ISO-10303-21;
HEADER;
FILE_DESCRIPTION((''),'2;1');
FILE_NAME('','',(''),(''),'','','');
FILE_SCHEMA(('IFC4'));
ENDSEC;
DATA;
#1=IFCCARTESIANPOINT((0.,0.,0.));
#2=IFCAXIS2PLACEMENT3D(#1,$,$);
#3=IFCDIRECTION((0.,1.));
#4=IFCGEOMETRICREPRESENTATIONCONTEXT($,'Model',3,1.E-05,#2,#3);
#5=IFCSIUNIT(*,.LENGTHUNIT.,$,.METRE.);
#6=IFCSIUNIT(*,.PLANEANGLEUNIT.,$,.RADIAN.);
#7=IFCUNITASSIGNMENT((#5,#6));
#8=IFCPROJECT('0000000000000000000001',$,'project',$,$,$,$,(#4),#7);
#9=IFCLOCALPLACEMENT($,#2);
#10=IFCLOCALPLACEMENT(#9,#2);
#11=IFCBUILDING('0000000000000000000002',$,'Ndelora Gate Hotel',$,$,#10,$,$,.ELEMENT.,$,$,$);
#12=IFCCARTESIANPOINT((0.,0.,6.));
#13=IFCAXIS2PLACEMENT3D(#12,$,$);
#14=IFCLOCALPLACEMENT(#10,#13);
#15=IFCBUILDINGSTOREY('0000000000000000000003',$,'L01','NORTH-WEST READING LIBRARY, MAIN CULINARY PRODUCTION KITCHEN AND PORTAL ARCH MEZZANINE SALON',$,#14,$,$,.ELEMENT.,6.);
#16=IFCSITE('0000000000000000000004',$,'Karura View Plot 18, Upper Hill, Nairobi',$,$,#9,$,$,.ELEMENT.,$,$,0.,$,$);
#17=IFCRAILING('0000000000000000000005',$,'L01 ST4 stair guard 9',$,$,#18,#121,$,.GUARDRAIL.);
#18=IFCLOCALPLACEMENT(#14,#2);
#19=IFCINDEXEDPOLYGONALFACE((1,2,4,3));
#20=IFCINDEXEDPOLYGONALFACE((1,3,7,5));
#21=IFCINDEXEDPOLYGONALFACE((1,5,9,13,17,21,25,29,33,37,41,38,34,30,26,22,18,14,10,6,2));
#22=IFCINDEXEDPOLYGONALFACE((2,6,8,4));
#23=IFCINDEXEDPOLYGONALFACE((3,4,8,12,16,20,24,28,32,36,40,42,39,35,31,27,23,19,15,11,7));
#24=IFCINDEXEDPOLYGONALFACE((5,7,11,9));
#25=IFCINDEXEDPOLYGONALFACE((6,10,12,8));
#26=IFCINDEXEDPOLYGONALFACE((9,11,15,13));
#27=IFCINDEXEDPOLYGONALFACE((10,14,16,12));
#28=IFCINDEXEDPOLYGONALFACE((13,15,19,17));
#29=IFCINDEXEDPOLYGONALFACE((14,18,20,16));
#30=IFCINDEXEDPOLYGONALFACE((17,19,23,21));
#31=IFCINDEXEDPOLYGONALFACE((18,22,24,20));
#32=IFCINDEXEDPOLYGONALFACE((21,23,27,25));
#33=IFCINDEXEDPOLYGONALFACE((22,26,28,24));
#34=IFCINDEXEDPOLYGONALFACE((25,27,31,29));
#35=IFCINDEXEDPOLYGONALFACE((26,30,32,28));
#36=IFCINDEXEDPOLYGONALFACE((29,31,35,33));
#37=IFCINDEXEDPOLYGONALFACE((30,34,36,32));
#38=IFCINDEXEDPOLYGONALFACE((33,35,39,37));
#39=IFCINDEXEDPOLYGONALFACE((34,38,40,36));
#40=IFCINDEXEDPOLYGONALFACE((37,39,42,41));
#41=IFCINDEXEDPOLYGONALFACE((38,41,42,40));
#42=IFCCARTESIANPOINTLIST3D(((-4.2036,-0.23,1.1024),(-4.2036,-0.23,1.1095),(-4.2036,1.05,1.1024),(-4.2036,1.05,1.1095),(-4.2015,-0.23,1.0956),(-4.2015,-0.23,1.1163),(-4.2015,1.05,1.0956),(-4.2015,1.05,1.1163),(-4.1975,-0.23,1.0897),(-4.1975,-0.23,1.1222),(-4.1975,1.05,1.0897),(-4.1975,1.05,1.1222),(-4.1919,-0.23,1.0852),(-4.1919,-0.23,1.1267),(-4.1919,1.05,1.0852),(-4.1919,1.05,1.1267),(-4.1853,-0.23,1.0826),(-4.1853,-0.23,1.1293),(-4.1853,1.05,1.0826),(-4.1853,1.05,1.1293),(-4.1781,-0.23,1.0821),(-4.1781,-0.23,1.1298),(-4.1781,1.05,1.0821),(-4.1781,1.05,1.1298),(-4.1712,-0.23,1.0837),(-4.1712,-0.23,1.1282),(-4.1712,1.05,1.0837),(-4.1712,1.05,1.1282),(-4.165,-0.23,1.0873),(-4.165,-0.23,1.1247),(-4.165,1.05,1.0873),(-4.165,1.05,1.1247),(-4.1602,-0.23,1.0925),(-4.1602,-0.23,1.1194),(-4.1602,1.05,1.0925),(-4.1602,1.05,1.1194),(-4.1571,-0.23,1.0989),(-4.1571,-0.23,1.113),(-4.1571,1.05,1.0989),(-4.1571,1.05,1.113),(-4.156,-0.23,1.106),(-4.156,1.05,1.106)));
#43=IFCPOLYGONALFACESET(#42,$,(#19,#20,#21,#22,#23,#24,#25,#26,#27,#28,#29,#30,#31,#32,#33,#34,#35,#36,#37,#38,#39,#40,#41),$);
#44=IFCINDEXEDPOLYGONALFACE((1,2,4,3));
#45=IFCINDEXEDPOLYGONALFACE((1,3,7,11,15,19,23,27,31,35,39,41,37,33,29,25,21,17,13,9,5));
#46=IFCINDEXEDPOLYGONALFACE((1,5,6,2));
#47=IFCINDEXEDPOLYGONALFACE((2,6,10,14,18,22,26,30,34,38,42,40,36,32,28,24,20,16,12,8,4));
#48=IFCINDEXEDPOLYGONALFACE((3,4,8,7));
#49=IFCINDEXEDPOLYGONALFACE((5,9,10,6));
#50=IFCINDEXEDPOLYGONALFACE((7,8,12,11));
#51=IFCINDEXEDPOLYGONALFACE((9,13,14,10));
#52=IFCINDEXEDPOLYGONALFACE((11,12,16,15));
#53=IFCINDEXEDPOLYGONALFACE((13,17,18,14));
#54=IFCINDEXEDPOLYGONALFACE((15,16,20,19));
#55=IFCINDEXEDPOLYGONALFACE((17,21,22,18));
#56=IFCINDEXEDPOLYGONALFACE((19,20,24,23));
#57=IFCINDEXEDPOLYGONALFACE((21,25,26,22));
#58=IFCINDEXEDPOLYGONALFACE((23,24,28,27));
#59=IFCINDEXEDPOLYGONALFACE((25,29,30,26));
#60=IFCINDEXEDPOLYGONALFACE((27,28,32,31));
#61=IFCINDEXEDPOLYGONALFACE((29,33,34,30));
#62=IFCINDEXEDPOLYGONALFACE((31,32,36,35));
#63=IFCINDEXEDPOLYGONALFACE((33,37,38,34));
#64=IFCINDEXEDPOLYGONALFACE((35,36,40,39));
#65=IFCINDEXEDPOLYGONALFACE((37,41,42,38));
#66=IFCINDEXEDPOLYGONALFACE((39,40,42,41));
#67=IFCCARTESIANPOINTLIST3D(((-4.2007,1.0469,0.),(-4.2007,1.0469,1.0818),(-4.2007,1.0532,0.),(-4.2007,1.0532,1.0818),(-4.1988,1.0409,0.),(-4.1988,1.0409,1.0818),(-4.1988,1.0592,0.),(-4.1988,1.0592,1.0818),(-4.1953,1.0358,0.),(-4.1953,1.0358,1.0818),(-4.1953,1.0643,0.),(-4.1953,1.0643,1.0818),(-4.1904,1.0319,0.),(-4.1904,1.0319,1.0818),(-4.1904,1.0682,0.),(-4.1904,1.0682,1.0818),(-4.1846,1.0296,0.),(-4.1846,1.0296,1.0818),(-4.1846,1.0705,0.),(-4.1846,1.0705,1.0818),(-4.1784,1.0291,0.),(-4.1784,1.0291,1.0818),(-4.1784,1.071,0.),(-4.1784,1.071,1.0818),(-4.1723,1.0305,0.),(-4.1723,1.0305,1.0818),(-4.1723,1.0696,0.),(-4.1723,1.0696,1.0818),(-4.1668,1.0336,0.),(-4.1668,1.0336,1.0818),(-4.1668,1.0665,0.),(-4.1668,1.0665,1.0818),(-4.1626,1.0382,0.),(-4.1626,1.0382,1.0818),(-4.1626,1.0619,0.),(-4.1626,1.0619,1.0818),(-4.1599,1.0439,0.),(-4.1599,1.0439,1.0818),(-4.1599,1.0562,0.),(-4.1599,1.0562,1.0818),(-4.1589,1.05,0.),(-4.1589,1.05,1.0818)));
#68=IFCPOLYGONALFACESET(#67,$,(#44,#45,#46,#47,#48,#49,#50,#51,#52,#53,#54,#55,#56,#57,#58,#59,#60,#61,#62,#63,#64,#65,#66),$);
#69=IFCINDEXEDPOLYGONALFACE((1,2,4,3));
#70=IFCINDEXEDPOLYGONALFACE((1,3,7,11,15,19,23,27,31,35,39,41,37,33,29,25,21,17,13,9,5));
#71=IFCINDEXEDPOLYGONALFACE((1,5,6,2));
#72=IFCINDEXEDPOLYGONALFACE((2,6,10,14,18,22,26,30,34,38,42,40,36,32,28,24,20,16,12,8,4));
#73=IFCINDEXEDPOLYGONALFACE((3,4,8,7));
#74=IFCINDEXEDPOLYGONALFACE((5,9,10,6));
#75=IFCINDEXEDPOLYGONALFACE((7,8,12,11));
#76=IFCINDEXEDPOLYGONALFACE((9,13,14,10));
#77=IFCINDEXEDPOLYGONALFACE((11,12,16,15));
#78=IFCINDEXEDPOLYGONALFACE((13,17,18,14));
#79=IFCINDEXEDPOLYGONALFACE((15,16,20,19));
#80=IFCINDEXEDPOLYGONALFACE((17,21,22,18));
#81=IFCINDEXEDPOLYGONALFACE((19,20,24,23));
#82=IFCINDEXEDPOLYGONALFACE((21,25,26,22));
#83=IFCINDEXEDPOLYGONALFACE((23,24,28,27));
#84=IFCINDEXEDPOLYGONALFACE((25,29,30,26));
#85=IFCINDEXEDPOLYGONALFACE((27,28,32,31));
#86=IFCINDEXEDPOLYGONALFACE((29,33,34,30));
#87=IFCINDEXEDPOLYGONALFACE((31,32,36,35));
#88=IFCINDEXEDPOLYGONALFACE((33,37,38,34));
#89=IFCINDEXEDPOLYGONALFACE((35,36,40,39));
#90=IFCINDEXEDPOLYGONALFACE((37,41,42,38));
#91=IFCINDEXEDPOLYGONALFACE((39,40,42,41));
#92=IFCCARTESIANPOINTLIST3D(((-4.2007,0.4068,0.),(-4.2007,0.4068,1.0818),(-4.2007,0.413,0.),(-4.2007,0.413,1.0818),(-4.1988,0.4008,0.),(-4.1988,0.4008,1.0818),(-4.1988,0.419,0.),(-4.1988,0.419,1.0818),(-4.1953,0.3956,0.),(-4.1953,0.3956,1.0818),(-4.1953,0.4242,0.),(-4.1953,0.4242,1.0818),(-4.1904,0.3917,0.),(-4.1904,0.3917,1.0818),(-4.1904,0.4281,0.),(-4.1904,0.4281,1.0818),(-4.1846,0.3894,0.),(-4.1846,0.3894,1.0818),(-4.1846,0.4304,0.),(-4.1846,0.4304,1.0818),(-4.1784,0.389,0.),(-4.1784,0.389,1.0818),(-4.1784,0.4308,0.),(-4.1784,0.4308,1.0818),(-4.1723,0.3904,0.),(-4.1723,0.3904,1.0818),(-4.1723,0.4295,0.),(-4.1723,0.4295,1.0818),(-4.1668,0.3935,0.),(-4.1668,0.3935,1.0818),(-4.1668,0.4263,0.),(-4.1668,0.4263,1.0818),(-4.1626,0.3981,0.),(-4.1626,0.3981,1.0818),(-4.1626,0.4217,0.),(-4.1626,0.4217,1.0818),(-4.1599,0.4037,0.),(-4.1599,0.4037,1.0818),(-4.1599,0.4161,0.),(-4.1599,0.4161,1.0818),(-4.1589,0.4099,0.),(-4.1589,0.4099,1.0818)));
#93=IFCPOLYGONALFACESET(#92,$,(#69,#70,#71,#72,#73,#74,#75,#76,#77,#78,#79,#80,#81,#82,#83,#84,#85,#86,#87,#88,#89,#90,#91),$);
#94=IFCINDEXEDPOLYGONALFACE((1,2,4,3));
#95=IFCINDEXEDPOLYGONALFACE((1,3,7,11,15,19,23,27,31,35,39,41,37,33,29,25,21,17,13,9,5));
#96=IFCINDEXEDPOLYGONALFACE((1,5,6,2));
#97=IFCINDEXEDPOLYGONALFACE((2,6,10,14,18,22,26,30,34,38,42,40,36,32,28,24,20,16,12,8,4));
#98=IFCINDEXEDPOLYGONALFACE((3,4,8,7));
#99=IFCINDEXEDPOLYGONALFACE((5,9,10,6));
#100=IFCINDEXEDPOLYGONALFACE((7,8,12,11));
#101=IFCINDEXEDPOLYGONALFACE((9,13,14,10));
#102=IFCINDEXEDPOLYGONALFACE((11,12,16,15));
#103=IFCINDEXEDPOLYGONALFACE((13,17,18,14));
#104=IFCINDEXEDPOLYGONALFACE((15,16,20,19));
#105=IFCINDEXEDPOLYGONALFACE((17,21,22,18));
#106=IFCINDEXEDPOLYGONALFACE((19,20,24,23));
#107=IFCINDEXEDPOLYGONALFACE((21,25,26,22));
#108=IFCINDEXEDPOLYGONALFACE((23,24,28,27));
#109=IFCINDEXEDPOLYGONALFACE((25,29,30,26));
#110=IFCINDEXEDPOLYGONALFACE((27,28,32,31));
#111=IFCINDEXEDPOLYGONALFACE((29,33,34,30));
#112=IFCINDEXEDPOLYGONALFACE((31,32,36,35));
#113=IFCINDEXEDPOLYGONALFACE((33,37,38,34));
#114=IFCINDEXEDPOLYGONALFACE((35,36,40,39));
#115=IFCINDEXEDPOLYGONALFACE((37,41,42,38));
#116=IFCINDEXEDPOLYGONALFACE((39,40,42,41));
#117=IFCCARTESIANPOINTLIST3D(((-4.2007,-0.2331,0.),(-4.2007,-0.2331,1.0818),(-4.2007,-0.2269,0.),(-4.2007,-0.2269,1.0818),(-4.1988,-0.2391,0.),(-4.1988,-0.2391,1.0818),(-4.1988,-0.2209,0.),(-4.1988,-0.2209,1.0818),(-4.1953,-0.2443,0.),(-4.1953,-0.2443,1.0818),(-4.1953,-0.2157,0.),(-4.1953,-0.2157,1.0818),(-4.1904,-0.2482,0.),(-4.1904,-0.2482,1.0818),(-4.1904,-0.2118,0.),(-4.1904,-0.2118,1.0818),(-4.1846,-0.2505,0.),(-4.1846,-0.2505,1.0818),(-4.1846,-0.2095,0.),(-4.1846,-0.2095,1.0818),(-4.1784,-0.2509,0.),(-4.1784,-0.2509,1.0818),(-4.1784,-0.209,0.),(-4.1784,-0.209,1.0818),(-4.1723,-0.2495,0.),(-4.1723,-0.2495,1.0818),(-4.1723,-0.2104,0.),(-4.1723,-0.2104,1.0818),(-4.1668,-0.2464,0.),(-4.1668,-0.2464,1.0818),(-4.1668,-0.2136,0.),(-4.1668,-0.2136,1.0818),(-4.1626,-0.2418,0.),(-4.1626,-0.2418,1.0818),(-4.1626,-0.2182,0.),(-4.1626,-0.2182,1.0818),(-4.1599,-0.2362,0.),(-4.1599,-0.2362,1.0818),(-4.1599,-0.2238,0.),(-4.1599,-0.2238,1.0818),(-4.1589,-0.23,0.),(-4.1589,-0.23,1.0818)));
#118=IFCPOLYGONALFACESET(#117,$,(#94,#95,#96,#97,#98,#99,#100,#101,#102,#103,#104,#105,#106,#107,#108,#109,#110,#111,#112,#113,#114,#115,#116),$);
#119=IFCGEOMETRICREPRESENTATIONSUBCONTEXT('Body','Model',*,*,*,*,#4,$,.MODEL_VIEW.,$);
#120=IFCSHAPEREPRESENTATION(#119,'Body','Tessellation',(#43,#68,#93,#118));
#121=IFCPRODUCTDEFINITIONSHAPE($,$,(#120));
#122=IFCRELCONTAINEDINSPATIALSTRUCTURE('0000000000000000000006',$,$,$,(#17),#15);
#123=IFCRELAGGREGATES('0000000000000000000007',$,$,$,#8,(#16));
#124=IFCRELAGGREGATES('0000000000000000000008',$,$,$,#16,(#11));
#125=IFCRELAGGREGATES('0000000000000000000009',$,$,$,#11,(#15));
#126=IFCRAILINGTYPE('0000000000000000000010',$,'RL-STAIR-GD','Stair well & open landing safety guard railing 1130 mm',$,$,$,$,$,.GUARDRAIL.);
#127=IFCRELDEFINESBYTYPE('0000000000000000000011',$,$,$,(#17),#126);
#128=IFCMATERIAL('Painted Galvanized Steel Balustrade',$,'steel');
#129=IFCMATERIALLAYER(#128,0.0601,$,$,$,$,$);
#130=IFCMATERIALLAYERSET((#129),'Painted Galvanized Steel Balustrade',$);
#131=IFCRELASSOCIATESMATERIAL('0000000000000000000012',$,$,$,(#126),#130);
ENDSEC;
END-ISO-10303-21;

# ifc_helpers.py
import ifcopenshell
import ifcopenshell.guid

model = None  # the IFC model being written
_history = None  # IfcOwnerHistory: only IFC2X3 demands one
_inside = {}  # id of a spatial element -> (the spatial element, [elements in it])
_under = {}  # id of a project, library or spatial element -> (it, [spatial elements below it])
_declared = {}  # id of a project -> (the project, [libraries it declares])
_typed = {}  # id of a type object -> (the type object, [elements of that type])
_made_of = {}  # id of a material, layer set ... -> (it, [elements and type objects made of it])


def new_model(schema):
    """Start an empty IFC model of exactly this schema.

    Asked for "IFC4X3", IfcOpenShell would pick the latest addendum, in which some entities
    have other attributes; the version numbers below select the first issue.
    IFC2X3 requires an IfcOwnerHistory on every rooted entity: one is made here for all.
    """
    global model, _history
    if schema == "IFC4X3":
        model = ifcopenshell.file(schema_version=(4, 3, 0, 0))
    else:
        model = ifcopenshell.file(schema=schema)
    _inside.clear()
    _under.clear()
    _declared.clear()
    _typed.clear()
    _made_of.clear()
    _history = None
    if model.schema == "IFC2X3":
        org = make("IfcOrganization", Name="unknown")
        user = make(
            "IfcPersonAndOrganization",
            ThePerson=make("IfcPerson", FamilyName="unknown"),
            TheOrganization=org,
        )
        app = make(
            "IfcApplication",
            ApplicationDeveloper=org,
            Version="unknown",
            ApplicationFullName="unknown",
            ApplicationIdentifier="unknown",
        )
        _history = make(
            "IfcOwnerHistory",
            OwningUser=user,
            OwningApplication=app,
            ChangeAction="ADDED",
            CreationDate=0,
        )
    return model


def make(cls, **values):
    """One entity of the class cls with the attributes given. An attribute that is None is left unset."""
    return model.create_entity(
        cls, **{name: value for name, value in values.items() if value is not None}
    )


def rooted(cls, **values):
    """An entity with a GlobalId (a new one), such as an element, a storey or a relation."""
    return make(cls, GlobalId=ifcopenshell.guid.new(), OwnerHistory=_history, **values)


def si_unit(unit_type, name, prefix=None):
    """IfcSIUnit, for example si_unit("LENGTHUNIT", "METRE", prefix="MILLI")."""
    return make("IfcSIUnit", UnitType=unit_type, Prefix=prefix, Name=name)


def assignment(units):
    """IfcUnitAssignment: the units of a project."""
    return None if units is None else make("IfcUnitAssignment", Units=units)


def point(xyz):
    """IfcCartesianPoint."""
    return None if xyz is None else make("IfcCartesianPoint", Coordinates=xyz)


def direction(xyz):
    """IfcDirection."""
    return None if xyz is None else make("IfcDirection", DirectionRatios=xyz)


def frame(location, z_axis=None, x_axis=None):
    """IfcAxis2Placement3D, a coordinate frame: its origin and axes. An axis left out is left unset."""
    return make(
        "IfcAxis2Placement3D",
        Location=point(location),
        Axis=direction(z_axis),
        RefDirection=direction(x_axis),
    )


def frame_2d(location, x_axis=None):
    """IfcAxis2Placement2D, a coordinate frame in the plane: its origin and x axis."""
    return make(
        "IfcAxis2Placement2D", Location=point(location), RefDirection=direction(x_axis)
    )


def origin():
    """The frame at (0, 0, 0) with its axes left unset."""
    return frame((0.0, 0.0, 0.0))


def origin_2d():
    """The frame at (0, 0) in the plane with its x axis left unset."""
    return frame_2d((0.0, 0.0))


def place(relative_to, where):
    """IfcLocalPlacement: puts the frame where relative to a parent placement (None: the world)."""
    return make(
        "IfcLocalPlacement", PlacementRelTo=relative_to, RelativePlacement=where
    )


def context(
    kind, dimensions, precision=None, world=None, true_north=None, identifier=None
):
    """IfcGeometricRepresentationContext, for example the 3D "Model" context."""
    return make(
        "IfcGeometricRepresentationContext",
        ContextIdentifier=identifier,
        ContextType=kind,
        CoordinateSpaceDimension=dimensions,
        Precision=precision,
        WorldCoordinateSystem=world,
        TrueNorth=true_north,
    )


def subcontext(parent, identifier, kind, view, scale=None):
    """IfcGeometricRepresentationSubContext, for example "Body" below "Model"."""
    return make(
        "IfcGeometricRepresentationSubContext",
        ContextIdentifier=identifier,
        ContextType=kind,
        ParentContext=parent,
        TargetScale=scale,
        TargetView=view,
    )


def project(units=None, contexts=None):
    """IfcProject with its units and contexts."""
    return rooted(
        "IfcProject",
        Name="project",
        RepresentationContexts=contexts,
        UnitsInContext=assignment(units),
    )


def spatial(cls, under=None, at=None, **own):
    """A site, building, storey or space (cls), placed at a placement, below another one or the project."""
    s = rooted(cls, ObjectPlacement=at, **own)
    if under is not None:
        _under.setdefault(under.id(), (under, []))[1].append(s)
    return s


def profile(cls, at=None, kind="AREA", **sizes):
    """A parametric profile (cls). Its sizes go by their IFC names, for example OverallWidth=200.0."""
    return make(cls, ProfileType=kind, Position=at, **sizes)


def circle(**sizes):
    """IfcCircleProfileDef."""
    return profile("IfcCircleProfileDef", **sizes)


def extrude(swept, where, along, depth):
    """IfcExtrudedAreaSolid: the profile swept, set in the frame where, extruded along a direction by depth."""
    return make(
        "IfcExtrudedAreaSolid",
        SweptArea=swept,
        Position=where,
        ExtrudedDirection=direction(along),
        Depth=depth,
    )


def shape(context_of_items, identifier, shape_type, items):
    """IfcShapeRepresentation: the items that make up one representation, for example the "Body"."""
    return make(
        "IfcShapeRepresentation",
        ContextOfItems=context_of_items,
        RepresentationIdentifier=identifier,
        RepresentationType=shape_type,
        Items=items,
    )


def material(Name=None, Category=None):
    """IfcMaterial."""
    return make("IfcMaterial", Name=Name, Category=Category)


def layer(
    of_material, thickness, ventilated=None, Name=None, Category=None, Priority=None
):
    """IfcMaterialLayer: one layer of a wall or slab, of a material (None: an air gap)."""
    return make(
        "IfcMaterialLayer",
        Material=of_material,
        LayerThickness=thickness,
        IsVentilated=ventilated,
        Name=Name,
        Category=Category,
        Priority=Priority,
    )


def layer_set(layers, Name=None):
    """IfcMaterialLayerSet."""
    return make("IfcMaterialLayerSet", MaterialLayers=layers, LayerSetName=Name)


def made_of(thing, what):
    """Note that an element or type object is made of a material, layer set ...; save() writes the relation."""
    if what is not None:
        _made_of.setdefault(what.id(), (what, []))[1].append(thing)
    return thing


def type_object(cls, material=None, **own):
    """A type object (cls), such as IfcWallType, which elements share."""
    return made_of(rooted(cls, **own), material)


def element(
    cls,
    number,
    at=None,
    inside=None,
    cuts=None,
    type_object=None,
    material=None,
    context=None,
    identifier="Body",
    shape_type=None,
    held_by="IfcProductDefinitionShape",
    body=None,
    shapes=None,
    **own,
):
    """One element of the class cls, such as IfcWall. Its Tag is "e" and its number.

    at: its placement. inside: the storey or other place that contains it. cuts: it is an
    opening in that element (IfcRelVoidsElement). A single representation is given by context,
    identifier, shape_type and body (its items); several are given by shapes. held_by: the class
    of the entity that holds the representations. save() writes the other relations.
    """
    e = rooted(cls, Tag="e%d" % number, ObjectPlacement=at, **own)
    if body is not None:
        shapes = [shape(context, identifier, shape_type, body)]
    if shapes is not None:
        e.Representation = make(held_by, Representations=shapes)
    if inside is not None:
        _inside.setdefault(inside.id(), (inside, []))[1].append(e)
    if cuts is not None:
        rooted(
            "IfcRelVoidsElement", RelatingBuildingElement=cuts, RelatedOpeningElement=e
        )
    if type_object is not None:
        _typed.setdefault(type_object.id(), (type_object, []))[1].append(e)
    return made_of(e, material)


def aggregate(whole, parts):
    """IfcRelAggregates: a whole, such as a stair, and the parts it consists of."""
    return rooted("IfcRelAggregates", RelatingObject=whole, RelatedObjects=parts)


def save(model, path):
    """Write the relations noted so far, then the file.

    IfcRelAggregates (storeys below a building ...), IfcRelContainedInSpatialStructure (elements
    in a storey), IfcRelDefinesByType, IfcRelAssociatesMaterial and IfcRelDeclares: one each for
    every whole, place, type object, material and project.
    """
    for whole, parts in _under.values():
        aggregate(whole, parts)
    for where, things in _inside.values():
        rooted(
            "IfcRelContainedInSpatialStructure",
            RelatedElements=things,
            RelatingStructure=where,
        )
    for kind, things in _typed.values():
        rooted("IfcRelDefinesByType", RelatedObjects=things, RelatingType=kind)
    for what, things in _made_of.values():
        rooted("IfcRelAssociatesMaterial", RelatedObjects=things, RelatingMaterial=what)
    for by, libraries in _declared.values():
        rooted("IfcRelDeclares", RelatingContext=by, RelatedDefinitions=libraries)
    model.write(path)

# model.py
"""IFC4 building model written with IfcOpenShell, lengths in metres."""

from ifc_helpers import new_model, si_unit, direction, frame, origin, origin_2d, place, context, subcontext, project, spatial, circle, extrude, material, layer, layer_set, type_object, element, save


model = new_model("IFC4")

# Units and contexts
model_context = context("Model", 3, precision=1e-05, world=origin(), true_north=direction((0.0, 1.0)))
body_context = subcontext(model_context, "Body", "Model", "MODEL_VIEW")
ifc_project = project(units=[si_unit("LENGTHUNIT", "METRE"), si_unit("PLANEANGLEUNIT", "RADIAN")], contexts=[model_context])

# Site, building, storey
site_placement = place(None, origin())
site = spatial("IfcSite", under=ifc_project, at=site_placement, Name="Karura View Plot 18, Upper Hill, Nairobi", CompositionType="ELEMENT", RefElevation=0.0)
building_placement = place(site_placement, origin())
building = spatial("IfcBuilding", under=site, at=building_placement, Name="Ndelora Gate Hotel", CompositionType="ELEMENT")
storey_placement = place(building_placement, frame((0.0, 0.0, 6.0)))
storey = spatial("IfcBuildingStorey", under=building, at=storey_placement, Name="L01", Description="NORTH-WEST READING LIBRARY, MAIN CULINARY PRODUCTION KITCHEN AND PORTAL ARCH MEZZANINE SALON", CompositionType="ELEMENT", Elevation=6.0)

# Railing
ifc_material_1 = material(Name="Painted Galvanized Steel Balustrade", Category="steel")
ifc_layer_1 = layer(ifc_material_1, 0.0601)
ifc_layer_set_1 = layer_set([ifc_layer_1], Name="Painted Galvanized Steel Balustrade")
railing_type_1 = type_object("IfcRailingType", Name="RL-STAIR-GD", Description="Stair well & open landing safety guard railing 1130 mm", PredefinedType="GUARDRAIL", material=ifc_layer_set_1)
for number, where, name in (
    (1, (-4.1799, 1.05, 0.0), "L01 ST4 stair guard 9"),
):
    element("IfcRailing", number, at=place(storey_placement, frame(where)), inside=storey, type_object=railing_type_1, Name=name, PredefinedType="GUARDRAIL", context=body_context, shape_type="SweptSolid", body=[
        extrude(circle(Radius=0.0239, at=origin_2d()), frame((0.0, 0.0, 1.106), z_axis=(0.0, -1.0, 0.0), x_axis=(1.0, 0.0, 0.0)), (0.0, 0.0, 1.0), 1.28),
        extrude(circle(Radius=0.021, at=origin_2d()), origin(), (0.0, 0.0, 1.0), 1.0818),
        extrude(circle(Radius=0.021, at=origin_2d()), frame((0.0, -0.6401, 0.0)), (0.0, 0.0, 1.0), 1.0818),
        extrude(circle(Radius=0.021, at=origin_2d()), frame((0.0, -1.28, 0.0)), (0.0, 0.0, 1.0), 1.0818),
    ])

save(model, "model.ifc")
